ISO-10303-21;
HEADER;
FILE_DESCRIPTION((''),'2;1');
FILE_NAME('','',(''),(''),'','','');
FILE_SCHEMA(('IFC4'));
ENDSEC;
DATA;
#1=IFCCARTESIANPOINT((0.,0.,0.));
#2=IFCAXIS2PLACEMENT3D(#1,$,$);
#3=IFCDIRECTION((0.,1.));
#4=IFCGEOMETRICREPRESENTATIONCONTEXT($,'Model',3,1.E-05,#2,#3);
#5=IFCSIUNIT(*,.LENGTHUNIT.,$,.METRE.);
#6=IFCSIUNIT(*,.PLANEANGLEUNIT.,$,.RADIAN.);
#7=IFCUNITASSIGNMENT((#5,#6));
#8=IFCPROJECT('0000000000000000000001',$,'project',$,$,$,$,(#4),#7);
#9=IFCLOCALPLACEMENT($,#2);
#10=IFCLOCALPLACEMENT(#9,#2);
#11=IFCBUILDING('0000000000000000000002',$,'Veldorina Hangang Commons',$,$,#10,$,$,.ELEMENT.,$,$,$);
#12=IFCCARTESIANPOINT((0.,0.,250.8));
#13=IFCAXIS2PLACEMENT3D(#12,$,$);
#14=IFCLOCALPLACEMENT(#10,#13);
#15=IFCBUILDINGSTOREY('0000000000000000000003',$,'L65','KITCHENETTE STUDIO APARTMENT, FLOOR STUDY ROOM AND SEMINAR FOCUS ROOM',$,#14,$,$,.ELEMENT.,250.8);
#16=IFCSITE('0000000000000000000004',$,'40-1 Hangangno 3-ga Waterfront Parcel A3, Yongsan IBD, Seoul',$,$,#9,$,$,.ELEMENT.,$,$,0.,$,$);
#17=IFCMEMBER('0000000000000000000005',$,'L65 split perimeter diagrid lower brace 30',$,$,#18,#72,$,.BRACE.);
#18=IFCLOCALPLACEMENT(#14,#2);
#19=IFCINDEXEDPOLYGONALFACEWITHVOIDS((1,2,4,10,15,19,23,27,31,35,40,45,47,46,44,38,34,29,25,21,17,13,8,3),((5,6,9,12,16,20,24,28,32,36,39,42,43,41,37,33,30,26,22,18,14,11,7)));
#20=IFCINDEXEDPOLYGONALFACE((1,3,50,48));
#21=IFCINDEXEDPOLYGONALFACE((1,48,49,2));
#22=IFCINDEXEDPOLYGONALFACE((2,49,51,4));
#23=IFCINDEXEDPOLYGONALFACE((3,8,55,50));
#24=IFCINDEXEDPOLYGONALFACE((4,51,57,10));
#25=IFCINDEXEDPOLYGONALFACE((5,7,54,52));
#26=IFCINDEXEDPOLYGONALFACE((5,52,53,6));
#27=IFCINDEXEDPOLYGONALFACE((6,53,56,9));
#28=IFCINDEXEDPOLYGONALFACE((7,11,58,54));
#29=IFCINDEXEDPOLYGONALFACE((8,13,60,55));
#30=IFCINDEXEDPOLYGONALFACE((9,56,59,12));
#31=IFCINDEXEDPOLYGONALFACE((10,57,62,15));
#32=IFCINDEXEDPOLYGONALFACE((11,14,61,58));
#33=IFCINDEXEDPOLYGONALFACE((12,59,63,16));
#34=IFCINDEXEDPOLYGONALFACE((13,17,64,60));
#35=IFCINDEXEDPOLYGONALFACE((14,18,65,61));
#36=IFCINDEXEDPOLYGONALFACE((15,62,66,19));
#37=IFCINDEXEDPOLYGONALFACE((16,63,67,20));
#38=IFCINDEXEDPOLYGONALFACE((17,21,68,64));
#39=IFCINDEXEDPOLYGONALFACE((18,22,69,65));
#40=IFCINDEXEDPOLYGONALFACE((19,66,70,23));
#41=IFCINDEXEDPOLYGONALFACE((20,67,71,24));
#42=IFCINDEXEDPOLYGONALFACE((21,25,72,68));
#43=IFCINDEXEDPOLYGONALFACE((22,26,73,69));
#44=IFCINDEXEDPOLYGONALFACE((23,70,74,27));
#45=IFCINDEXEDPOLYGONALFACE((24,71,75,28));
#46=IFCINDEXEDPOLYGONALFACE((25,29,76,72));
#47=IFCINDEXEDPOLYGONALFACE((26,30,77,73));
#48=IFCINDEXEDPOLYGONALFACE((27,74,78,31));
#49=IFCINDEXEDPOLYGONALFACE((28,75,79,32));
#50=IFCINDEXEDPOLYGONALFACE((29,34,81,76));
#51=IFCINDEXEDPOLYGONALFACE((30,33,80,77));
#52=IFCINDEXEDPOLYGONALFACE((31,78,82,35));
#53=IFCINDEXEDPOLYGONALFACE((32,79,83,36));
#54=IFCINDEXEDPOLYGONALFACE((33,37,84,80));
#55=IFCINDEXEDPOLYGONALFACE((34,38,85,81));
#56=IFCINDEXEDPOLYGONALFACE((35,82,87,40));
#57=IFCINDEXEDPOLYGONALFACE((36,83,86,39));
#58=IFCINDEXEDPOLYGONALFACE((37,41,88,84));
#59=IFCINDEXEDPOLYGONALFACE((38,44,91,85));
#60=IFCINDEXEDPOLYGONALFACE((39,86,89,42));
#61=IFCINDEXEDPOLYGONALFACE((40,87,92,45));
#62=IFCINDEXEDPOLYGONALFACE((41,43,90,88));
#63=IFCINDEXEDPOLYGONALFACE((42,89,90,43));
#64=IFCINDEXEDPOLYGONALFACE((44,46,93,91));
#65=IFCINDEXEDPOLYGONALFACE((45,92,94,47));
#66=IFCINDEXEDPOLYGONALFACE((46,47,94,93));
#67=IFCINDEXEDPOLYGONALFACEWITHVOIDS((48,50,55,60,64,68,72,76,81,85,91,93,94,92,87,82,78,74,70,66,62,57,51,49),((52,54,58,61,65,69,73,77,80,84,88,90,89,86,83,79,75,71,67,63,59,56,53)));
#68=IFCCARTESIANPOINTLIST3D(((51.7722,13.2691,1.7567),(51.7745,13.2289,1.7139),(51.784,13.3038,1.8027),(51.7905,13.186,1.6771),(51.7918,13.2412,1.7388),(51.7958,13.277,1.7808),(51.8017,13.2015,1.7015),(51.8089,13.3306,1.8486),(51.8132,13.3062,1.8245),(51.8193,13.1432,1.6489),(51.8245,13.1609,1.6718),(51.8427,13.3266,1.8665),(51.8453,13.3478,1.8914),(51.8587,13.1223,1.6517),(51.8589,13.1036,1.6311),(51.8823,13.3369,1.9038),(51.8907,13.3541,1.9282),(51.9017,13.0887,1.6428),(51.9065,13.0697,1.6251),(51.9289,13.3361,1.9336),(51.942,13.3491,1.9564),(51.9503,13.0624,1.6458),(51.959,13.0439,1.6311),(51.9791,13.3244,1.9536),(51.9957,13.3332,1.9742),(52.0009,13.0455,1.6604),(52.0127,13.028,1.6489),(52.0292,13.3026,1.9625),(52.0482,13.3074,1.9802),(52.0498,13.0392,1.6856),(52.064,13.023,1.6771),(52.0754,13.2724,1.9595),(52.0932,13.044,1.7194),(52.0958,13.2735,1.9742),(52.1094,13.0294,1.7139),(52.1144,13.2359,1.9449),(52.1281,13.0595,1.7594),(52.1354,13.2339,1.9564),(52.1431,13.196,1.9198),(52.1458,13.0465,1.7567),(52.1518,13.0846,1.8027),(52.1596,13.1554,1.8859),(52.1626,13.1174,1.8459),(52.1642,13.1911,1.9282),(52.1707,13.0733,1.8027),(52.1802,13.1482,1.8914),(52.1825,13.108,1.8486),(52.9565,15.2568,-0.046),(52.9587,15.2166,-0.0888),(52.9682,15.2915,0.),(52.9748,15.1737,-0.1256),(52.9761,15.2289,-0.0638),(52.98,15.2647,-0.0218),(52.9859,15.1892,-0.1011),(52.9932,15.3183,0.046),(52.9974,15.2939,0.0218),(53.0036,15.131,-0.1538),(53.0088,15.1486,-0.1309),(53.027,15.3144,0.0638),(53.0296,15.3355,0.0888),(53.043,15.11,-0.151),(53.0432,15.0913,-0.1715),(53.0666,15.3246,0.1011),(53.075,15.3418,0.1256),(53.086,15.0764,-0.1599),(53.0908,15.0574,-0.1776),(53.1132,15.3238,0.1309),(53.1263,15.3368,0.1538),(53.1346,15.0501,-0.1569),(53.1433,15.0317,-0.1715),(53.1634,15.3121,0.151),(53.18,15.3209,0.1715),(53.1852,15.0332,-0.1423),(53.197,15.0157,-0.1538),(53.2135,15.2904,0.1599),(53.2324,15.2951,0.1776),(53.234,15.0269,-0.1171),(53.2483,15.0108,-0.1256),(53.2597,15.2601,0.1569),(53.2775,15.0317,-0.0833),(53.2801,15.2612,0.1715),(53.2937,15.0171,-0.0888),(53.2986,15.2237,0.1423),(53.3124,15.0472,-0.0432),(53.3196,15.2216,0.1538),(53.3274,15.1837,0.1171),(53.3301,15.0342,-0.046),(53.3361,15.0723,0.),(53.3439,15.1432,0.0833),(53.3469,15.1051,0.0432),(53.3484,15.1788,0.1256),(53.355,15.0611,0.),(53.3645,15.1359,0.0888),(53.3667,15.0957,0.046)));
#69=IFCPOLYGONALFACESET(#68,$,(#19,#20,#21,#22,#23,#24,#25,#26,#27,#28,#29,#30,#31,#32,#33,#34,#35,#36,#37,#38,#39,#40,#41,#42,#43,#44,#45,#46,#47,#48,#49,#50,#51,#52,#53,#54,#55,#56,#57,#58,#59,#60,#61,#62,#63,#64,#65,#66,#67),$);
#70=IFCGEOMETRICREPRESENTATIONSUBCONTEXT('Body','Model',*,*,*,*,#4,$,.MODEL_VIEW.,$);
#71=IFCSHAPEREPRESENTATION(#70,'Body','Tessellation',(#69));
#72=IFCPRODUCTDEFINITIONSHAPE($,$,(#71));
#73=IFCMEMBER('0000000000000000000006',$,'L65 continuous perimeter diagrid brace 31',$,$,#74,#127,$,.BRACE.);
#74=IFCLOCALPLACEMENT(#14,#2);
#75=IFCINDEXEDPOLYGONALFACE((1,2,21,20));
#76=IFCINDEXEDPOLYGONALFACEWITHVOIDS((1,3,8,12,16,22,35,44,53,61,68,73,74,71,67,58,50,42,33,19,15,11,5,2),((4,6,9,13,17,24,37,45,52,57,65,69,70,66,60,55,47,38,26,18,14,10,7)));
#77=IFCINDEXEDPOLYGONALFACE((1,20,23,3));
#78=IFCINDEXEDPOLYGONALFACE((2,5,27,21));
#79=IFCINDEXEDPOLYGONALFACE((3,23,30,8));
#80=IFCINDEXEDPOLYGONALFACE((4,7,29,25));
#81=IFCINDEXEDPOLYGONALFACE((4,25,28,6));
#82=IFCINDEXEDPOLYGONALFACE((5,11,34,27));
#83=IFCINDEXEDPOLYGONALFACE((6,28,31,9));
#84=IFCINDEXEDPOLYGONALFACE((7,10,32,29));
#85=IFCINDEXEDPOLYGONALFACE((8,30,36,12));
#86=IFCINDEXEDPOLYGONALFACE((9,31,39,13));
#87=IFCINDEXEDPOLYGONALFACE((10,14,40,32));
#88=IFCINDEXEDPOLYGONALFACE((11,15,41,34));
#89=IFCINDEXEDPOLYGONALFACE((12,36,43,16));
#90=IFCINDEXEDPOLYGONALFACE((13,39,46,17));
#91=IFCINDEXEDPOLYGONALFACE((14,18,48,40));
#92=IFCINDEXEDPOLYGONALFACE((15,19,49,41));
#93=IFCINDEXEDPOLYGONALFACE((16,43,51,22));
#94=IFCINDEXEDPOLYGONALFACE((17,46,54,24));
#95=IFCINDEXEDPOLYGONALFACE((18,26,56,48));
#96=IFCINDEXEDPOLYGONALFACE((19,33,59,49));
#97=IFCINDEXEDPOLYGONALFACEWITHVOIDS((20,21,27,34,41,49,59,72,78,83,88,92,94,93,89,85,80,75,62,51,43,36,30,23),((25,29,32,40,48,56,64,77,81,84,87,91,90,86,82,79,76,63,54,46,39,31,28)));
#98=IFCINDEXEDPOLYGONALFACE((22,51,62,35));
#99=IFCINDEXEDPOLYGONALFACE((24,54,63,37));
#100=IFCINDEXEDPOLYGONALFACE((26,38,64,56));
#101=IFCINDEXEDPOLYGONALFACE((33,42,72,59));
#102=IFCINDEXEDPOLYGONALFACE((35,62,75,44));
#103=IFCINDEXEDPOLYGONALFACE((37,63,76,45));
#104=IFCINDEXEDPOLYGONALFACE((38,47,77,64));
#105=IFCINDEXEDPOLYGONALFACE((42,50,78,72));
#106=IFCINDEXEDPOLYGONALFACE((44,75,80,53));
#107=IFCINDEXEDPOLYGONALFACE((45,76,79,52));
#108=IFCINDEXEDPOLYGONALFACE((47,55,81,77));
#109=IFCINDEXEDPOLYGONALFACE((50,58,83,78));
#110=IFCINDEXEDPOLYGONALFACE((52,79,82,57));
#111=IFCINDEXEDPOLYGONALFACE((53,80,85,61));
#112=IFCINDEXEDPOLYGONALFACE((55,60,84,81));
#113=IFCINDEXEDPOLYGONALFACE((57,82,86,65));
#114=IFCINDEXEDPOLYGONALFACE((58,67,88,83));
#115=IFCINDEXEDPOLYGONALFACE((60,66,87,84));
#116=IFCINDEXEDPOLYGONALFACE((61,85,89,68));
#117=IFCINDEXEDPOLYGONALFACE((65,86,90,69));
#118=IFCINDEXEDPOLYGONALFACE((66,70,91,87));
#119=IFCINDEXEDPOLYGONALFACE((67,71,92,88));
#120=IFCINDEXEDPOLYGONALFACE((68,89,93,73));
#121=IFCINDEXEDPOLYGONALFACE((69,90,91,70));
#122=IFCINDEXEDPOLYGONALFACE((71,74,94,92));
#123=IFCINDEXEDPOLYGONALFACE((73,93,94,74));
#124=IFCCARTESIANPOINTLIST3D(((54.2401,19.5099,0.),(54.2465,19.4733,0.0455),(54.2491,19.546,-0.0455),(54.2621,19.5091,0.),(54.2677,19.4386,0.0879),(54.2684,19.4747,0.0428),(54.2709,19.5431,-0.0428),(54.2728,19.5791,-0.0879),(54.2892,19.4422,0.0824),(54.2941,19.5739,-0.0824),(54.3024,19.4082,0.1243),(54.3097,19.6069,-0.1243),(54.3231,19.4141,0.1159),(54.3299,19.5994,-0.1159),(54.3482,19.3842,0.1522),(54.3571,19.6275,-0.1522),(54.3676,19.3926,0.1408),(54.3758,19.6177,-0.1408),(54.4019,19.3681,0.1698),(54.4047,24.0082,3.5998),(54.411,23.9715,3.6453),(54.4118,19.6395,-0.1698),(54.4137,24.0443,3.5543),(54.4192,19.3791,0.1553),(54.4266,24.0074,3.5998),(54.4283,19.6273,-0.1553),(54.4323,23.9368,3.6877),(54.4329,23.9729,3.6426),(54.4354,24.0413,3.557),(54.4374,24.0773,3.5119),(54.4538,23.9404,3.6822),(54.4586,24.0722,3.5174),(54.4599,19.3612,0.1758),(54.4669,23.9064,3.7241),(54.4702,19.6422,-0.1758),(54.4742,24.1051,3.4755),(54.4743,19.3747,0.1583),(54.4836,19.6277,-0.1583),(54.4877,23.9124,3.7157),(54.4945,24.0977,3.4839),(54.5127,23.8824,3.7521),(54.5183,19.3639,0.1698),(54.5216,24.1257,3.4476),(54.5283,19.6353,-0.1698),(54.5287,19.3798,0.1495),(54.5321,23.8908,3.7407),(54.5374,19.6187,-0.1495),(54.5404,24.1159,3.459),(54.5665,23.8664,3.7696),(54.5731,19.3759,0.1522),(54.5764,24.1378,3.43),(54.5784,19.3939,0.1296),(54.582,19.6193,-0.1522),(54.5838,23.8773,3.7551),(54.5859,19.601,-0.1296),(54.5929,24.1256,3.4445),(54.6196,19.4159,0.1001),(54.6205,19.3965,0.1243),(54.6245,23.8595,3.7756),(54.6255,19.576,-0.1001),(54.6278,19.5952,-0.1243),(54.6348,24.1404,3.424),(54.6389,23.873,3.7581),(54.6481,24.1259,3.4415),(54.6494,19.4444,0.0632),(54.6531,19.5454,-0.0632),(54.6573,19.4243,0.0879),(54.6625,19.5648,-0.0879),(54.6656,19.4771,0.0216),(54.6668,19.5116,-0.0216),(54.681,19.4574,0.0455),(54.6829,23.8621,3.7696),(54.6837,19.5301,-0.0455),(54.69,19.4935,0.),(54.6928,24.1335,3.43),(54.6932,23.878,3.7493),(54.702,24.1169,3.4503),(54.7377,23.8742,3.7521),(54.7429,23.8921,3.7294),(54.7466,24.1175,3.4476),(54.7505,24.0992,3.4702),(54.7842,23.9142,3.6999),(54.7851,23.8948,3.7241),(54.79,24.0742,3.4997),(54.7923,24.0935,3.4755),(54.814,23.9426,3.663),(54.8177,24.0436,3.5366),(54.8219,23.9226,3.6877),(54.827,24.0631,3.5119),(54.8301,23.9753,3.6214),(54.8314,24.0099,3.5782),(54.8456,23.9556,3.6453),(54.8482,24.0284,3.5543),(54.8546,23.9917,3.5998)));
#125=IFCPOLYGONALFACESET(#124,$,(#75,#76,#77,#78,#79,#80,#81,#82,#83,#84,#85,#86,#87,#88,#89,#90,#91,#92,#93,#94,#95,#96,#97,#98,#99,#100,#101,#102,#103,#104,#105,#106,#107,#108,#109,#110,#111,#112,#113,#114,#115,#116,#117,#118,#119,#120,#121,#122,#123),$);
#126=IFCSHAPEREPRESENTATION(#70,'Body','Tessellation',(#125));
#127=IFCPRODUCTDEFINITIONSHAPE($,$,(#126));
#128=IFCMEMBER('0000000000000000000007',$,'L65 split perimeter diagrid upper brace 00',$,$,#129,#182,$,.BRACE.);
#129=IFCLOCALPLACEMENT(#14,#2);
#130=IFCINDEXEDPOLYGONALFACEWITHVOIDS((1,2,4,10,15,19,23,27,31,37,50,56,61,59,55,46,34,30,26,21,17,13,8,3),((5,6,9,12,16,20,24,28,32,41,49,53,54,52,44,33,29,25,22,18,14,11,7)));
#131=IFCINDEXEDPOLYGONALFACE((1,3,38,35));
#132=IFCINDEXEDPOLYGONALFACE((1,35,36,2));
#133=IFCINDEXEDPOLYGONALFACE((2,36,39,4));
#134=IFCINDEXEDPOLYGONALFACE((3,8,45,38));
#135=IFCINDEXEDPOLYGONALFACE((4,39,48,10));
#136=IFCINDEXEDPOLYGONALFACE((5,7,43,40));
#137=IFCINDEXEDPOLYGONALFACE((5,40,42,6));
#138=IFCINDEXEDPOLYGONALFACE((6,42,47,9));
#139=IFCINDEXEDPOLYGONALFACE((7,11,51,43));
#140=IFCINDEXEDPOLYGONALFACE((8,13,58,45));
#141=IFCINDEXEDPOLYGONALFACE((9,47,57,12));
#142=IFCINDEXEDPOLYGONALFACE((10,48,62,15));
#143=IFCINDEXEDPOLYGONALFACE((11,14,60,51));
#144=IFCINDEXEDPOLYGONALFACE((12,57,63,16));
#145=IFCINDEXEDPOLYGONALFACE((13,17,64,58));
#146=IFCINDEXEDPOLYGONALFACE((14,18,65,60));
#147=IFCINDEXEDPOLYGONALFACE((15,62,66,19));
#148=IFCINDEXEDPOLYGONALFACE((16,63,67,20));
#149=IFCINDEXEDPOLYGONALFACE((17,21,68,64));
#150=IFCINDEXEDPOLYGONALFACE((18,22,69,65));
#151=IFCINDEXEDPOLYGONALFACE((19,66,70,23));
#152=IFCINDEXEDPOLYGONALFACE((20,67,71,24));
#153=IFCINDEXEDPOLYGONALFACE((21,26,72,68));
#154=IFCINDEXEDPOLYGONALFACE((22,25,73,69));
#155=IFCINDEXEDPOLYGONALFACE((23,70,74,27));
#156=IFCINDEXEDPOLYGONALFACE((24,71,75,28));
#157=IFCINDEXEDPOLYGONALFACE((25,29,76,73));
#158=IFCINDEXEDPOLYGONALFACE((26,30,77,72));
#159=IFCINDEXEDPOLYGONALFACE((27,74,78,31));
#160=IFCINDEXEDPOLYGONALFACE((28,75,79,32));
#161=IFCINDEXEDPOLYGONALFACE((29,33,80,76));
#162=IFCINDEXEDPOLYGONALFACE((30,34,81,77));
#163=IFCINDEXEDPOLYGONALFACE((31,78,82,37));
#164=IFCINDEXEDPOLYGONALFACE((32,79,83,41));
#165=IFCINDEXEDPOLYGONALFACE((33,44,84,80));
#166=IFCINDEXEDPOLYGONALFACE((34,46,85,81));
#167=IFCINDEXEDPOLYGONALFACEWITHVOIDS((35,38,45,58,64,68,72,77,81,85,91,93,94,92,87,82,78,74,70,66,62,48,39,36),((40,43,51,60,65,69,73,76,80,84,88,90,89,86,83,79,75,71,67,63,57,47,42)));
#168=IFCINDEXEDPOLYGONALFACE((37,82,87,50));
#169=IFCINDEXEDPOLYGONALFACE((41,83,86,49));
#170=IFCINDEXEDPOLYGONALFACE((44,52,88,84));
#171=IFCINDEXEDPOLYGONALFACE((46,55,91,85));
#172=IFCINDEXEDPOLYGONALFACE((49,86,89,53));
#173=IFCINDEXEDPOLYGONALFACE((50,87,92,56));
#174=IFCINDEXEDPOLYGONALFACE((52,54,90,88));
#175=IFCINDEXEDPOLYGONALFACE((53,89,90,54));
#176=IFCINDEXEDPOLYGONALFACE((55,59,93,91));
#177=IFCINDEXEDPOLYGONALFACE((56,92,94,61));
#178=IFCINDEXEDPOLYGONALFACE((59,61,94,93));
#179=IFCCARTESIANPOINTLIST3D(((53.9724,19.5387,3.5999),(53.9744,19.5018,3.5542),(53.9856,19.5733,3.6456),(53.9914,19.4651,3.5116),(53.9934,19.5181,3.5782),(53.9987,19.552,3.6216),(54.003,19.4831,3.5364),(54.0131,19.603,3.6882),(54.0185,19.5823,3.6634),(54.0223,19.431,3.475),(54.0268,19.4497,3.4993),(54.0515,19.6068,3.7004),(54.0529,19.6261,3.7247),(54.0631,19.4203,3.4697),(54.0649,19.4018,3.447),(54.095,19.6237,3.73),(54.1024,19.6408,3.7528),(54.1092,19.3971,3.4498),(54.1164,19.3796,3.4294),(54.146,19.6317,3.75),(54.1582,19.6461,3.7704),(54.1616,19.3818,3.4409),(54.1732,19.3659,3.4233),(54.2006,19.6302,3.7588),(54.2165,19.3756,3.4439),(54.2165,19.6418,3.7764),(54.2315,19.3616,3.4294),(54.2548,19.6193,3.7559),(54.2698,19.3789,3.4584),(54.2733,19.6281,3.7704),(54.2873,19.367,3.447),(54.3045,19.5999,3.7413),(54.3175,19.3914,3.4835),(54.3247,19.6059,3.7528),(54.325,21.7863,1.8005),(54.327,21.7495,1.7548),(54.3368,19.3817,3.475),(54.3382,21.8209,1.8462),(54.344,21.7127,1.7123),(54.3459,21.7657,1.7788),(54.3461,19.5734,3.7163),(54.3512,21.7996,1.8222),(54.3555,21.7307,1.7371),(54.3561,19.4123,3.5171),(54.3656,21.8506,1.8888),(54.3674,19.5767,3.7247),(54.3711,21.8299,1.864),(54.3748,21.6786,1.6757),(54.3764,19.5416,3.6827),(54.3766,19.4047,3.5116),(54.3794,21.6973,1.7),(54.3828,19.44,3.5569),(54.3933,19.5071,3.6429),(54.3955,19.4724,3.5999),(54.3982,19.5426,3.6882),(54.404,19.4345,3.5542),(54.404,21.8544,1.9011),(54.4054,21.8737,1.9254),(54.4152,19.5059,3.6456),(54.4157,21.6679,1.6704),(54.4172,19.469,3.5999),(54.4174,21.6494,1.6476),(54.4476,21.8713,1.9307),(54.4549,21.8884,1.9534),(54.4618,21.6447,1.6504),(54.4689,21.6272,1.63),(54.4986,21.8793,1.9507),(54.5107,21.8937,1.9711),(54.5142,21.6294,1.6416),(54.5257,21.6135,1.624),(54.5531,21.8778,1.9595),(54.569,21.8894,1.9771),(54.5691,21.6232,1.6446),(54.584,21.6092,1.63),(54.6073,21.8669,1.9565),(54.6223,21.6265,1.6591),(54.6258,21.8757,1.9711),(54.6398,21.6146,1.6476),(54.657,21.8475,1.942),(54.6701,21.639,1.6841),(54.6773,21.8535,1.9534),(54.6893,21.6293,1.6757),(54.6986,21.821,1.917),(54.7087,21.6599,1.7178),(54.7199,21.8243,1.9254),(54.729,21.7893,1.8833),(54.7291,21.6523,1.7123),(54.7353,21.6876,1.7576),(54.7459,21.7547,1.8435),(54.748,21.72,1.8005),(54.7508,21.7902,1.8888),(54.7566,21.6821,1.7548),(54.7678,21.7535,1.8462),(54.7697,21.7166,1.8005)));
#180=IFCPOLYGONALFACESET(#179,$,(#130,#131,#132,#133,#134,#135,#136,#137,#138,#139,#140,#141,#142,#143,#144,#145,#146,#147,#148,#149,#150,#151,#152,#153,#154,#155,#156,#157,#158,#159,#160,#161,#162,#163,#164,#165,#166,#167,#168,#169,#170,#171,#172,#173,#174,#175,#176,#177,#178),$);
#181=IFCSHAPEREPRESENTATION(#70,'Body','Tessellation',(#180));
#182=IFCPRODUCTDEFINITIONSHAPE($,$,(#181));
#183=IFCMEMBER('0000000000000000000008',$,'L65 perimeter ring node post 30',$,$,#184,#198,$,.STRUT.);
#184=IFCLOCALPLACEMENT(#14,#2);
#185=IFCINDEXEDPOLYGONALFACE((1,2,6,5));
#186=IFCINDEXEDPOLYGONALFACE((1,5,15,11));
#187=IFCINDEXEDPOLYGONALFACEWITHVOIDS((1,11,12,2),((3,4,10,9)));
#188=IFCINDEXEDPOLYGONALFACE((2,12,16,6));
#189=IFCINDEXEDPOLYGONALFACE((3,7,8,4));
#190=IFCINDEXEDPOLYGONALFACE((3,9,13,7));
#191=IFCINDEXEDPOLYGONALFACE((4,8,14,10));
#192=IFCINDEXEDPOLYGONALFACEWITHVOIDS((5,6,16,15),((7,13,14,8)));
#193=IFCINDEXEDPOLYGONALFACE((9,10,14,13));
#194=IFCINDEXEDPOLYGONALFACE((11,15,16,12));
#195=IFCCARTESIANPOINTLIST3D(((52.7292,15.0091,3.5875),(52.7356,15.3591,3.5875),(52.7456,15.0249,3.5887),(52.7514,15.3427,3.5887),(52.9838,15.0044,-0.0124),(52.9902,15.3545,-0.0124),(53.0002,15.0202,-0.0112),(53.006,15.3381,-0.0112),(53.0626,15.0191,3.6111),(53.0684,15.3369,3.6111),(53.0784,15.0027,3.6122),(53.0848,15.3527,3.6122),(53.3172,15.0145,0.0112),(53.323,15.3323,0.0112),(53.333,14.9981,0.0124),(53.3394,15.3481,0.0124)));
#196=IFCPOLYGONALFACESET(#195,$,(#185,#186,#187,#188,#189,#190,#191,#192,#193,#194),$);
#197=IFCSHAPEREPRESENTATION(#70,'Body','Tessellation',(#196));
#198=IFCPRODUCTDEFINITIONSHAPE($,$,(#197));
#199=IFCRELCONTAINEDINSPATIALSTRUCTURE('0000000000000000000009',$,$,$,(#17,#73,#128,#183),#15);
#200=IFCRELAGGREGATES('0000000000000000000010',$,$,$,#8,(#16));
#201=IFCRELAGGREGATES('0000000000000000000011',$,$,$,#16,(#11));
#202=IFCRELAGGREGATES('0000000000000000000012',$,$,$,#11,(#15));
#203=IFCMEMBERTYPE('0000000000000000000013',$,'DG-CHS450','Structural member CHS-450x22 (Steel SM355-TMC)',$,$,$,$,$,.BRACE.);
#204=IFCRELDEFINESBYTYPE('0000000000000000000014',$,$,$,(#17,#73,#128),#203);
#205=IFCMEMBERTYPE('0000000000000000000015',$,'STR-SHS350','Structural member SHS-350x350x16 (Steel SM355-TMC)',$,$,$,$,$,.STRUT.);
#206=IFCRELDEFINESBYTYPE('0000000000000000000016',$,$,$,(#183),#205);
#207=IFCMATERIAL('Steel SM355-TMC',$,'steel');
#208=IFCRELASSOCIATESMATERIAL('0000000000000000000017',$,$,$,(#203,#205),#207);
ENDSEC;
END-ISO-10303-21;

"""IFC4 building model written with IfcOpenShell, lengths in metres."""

from ifc_helpers import new_model, si_unit, direction, frame, origin, origin_2d, place, context, subcontext, project, spatial, hollow_rectangle, hollow_circle, extrude, material, material_profile, profile_set, type_object, element, save


model = new_model("IFC4")

# Units and contexts
model_context = context("Model", 3, precision=1e-05, world=origin(), true_north=direction((0.0, 1.0)))
body_context = subcontext(model_context, "Body", "Model", "MODEL_VIEW")
ifc_project = project(units=[si_unit("LENGTHUNIT", "METRE"), si_unit("PLANEANGLEUNIT", "RADIAN")], contexts=[model_context])

# Site, building, storey
site_placement = place(None, origin())
site = spatial("IfcSite", under=ifc_project, at=site_placement, Name="40-1 Hangangno 3-ga Waterfront Parcel A3, Yongsan IBD, Seoul", CompositionType="ELEMENT", RefElevation=0.0)
building_placement = place(site_placement, origin())
building = spatial("IfcBuilding", under=site, at=building_placement, Name="Veldorina Hangang Commons", CompositionType="ELEMENT")
storey_placement = place(building_placement, frame((0.0, 0.0, 250.8)))
storey = spatial("IfcBuildingStorey", under=building, at=storey_placement, Name="L65", Description="KITCHENETTE STUDIO APARTMENT, FLOOR STUDY ROOM AND SEMINAR FOCUS ROOM", CompositionType="ELEMENT", Elevation=250.8)

# Shared definitions
ifc_material_1 = material(Name="Steel SM355-TMC", Category="steel")

# Members
ifc_material_profile_1 = material_profile(ifc_material_1, hollow_circle(Radius=0.2251, WallThickness=0.022, at=origin_2d()), Name="CHS-450x22")
ifc_profile_set_1 = profile_set([ifc_material_profile_1], Name="Steel SM355-TMC")
member_type_1 = type_object("IfcMemberType", Name="DG-CHS450", Description="Structural member CHS-450x22 (Steel SM355-TMC)", PredefinedType="BRACE", material=ifc_profile_set_1)
member_1_placement = place(storey_placement, frame((53.1616, 15.1763, 0.0), z_axis=(-0.403763, -0.677682, 0.614592), x_axis=(0.859081, -0.51184, 0.0)))
element("IfcMember", 1, at=member_1_placement, inside=storey, type_object=member_type_1, Name="L65 split perimeter diagrid lower brace 30", PredefinedType="BRACE", context=body_context, shape_type="SweptSolid", body=[
    extrude(hollow_circle(Radius=0.2251, WallThickness=0.022, at=origin_2d()), origin(), (0.0, 0.0, 1.0), 2.9331),
])
member_2_placement = place(storey_placement, frame((54.4651, 19.5017, 0.0), z_axis=(0.028549, 0.780447, 0.62457), x_axis=(-0.999332, 0.036556, 0.0)))
element("IfcMember", 2, at=member_2_placement, inside=storey, type_object=member_type_1, Name="L65 continuous perimeter diagrid brace 31", PredefinedType="BRACE", context=body_context, shape_type="SweptSolid", body=[
    extrude(hollow_circle(Radius=0.2251, WallThickness=0.022, at=origin_2d()), origin(), (0.0, 0.0, 1.0), 5.7637),
])
member_3_placement = place(storey_placement, frame((54.5474, 21.7515, 1.8005), z_axis=(-0.121541, -0.774866, 0.620331), x_axis=(0.987921, -0.15496, 0.0)))
element("IfcMember", 3, at=member_3_placement, inside=storey, type_object=member_type_1, Name="L65 split perimeter diagrid upper brace 00", PredefinedType="BRACE", context=body_context, shape_type="SweptSolid", body=[
    extrude(hollow_circle(Radius=0.2251, WallThickness=0.022, at=origin_2d()), origin(), (0.0, 0.0, 1.0), 2.9006),
])
ifc_material_profile_2 = material_profile(ifc_material_1, hollow_rectangle(XDim=0.3501, YDim=0.3501, WallThickness=0.0161, at=origin_2d()), Name="SHS-350x350x16")
ifc_profile_set_2 = profile_set([ifc_material_profile_2], Name="Steel SM355-TMC")
member_type_2 = type_object("IfcMemberType", Name="STR-SHS350", Description="Structural member SHS-350x350x16 (Steel SM355-TMC)", PredefinedType="STRUT", material=ifc_profile_set_2)
member_4_placement = place(storey_placement, frame((53.1616, 15.1763, 0.0), z_axis=(-0.070559, 0.001285, 0.997507), x_axis=(-0.018214, -0.999834, 0.0)))
element("IfcMember", 4, at=member_4_placement, inside=storey, type_object=member_type_2, Name="L65 perimeter ring node post 30", PredefinedType="STRUT", context=body_context, shape_type="SweptSolid", body=[
    extrude(hollow_rectangle(XDim=0.3501, YDim=0.3501, WallThickness=0.0161, at=origin_2d()), origin(), (0.0, 0.0, 1.0), 3.6089),
])

save(model, "model.ifc")
